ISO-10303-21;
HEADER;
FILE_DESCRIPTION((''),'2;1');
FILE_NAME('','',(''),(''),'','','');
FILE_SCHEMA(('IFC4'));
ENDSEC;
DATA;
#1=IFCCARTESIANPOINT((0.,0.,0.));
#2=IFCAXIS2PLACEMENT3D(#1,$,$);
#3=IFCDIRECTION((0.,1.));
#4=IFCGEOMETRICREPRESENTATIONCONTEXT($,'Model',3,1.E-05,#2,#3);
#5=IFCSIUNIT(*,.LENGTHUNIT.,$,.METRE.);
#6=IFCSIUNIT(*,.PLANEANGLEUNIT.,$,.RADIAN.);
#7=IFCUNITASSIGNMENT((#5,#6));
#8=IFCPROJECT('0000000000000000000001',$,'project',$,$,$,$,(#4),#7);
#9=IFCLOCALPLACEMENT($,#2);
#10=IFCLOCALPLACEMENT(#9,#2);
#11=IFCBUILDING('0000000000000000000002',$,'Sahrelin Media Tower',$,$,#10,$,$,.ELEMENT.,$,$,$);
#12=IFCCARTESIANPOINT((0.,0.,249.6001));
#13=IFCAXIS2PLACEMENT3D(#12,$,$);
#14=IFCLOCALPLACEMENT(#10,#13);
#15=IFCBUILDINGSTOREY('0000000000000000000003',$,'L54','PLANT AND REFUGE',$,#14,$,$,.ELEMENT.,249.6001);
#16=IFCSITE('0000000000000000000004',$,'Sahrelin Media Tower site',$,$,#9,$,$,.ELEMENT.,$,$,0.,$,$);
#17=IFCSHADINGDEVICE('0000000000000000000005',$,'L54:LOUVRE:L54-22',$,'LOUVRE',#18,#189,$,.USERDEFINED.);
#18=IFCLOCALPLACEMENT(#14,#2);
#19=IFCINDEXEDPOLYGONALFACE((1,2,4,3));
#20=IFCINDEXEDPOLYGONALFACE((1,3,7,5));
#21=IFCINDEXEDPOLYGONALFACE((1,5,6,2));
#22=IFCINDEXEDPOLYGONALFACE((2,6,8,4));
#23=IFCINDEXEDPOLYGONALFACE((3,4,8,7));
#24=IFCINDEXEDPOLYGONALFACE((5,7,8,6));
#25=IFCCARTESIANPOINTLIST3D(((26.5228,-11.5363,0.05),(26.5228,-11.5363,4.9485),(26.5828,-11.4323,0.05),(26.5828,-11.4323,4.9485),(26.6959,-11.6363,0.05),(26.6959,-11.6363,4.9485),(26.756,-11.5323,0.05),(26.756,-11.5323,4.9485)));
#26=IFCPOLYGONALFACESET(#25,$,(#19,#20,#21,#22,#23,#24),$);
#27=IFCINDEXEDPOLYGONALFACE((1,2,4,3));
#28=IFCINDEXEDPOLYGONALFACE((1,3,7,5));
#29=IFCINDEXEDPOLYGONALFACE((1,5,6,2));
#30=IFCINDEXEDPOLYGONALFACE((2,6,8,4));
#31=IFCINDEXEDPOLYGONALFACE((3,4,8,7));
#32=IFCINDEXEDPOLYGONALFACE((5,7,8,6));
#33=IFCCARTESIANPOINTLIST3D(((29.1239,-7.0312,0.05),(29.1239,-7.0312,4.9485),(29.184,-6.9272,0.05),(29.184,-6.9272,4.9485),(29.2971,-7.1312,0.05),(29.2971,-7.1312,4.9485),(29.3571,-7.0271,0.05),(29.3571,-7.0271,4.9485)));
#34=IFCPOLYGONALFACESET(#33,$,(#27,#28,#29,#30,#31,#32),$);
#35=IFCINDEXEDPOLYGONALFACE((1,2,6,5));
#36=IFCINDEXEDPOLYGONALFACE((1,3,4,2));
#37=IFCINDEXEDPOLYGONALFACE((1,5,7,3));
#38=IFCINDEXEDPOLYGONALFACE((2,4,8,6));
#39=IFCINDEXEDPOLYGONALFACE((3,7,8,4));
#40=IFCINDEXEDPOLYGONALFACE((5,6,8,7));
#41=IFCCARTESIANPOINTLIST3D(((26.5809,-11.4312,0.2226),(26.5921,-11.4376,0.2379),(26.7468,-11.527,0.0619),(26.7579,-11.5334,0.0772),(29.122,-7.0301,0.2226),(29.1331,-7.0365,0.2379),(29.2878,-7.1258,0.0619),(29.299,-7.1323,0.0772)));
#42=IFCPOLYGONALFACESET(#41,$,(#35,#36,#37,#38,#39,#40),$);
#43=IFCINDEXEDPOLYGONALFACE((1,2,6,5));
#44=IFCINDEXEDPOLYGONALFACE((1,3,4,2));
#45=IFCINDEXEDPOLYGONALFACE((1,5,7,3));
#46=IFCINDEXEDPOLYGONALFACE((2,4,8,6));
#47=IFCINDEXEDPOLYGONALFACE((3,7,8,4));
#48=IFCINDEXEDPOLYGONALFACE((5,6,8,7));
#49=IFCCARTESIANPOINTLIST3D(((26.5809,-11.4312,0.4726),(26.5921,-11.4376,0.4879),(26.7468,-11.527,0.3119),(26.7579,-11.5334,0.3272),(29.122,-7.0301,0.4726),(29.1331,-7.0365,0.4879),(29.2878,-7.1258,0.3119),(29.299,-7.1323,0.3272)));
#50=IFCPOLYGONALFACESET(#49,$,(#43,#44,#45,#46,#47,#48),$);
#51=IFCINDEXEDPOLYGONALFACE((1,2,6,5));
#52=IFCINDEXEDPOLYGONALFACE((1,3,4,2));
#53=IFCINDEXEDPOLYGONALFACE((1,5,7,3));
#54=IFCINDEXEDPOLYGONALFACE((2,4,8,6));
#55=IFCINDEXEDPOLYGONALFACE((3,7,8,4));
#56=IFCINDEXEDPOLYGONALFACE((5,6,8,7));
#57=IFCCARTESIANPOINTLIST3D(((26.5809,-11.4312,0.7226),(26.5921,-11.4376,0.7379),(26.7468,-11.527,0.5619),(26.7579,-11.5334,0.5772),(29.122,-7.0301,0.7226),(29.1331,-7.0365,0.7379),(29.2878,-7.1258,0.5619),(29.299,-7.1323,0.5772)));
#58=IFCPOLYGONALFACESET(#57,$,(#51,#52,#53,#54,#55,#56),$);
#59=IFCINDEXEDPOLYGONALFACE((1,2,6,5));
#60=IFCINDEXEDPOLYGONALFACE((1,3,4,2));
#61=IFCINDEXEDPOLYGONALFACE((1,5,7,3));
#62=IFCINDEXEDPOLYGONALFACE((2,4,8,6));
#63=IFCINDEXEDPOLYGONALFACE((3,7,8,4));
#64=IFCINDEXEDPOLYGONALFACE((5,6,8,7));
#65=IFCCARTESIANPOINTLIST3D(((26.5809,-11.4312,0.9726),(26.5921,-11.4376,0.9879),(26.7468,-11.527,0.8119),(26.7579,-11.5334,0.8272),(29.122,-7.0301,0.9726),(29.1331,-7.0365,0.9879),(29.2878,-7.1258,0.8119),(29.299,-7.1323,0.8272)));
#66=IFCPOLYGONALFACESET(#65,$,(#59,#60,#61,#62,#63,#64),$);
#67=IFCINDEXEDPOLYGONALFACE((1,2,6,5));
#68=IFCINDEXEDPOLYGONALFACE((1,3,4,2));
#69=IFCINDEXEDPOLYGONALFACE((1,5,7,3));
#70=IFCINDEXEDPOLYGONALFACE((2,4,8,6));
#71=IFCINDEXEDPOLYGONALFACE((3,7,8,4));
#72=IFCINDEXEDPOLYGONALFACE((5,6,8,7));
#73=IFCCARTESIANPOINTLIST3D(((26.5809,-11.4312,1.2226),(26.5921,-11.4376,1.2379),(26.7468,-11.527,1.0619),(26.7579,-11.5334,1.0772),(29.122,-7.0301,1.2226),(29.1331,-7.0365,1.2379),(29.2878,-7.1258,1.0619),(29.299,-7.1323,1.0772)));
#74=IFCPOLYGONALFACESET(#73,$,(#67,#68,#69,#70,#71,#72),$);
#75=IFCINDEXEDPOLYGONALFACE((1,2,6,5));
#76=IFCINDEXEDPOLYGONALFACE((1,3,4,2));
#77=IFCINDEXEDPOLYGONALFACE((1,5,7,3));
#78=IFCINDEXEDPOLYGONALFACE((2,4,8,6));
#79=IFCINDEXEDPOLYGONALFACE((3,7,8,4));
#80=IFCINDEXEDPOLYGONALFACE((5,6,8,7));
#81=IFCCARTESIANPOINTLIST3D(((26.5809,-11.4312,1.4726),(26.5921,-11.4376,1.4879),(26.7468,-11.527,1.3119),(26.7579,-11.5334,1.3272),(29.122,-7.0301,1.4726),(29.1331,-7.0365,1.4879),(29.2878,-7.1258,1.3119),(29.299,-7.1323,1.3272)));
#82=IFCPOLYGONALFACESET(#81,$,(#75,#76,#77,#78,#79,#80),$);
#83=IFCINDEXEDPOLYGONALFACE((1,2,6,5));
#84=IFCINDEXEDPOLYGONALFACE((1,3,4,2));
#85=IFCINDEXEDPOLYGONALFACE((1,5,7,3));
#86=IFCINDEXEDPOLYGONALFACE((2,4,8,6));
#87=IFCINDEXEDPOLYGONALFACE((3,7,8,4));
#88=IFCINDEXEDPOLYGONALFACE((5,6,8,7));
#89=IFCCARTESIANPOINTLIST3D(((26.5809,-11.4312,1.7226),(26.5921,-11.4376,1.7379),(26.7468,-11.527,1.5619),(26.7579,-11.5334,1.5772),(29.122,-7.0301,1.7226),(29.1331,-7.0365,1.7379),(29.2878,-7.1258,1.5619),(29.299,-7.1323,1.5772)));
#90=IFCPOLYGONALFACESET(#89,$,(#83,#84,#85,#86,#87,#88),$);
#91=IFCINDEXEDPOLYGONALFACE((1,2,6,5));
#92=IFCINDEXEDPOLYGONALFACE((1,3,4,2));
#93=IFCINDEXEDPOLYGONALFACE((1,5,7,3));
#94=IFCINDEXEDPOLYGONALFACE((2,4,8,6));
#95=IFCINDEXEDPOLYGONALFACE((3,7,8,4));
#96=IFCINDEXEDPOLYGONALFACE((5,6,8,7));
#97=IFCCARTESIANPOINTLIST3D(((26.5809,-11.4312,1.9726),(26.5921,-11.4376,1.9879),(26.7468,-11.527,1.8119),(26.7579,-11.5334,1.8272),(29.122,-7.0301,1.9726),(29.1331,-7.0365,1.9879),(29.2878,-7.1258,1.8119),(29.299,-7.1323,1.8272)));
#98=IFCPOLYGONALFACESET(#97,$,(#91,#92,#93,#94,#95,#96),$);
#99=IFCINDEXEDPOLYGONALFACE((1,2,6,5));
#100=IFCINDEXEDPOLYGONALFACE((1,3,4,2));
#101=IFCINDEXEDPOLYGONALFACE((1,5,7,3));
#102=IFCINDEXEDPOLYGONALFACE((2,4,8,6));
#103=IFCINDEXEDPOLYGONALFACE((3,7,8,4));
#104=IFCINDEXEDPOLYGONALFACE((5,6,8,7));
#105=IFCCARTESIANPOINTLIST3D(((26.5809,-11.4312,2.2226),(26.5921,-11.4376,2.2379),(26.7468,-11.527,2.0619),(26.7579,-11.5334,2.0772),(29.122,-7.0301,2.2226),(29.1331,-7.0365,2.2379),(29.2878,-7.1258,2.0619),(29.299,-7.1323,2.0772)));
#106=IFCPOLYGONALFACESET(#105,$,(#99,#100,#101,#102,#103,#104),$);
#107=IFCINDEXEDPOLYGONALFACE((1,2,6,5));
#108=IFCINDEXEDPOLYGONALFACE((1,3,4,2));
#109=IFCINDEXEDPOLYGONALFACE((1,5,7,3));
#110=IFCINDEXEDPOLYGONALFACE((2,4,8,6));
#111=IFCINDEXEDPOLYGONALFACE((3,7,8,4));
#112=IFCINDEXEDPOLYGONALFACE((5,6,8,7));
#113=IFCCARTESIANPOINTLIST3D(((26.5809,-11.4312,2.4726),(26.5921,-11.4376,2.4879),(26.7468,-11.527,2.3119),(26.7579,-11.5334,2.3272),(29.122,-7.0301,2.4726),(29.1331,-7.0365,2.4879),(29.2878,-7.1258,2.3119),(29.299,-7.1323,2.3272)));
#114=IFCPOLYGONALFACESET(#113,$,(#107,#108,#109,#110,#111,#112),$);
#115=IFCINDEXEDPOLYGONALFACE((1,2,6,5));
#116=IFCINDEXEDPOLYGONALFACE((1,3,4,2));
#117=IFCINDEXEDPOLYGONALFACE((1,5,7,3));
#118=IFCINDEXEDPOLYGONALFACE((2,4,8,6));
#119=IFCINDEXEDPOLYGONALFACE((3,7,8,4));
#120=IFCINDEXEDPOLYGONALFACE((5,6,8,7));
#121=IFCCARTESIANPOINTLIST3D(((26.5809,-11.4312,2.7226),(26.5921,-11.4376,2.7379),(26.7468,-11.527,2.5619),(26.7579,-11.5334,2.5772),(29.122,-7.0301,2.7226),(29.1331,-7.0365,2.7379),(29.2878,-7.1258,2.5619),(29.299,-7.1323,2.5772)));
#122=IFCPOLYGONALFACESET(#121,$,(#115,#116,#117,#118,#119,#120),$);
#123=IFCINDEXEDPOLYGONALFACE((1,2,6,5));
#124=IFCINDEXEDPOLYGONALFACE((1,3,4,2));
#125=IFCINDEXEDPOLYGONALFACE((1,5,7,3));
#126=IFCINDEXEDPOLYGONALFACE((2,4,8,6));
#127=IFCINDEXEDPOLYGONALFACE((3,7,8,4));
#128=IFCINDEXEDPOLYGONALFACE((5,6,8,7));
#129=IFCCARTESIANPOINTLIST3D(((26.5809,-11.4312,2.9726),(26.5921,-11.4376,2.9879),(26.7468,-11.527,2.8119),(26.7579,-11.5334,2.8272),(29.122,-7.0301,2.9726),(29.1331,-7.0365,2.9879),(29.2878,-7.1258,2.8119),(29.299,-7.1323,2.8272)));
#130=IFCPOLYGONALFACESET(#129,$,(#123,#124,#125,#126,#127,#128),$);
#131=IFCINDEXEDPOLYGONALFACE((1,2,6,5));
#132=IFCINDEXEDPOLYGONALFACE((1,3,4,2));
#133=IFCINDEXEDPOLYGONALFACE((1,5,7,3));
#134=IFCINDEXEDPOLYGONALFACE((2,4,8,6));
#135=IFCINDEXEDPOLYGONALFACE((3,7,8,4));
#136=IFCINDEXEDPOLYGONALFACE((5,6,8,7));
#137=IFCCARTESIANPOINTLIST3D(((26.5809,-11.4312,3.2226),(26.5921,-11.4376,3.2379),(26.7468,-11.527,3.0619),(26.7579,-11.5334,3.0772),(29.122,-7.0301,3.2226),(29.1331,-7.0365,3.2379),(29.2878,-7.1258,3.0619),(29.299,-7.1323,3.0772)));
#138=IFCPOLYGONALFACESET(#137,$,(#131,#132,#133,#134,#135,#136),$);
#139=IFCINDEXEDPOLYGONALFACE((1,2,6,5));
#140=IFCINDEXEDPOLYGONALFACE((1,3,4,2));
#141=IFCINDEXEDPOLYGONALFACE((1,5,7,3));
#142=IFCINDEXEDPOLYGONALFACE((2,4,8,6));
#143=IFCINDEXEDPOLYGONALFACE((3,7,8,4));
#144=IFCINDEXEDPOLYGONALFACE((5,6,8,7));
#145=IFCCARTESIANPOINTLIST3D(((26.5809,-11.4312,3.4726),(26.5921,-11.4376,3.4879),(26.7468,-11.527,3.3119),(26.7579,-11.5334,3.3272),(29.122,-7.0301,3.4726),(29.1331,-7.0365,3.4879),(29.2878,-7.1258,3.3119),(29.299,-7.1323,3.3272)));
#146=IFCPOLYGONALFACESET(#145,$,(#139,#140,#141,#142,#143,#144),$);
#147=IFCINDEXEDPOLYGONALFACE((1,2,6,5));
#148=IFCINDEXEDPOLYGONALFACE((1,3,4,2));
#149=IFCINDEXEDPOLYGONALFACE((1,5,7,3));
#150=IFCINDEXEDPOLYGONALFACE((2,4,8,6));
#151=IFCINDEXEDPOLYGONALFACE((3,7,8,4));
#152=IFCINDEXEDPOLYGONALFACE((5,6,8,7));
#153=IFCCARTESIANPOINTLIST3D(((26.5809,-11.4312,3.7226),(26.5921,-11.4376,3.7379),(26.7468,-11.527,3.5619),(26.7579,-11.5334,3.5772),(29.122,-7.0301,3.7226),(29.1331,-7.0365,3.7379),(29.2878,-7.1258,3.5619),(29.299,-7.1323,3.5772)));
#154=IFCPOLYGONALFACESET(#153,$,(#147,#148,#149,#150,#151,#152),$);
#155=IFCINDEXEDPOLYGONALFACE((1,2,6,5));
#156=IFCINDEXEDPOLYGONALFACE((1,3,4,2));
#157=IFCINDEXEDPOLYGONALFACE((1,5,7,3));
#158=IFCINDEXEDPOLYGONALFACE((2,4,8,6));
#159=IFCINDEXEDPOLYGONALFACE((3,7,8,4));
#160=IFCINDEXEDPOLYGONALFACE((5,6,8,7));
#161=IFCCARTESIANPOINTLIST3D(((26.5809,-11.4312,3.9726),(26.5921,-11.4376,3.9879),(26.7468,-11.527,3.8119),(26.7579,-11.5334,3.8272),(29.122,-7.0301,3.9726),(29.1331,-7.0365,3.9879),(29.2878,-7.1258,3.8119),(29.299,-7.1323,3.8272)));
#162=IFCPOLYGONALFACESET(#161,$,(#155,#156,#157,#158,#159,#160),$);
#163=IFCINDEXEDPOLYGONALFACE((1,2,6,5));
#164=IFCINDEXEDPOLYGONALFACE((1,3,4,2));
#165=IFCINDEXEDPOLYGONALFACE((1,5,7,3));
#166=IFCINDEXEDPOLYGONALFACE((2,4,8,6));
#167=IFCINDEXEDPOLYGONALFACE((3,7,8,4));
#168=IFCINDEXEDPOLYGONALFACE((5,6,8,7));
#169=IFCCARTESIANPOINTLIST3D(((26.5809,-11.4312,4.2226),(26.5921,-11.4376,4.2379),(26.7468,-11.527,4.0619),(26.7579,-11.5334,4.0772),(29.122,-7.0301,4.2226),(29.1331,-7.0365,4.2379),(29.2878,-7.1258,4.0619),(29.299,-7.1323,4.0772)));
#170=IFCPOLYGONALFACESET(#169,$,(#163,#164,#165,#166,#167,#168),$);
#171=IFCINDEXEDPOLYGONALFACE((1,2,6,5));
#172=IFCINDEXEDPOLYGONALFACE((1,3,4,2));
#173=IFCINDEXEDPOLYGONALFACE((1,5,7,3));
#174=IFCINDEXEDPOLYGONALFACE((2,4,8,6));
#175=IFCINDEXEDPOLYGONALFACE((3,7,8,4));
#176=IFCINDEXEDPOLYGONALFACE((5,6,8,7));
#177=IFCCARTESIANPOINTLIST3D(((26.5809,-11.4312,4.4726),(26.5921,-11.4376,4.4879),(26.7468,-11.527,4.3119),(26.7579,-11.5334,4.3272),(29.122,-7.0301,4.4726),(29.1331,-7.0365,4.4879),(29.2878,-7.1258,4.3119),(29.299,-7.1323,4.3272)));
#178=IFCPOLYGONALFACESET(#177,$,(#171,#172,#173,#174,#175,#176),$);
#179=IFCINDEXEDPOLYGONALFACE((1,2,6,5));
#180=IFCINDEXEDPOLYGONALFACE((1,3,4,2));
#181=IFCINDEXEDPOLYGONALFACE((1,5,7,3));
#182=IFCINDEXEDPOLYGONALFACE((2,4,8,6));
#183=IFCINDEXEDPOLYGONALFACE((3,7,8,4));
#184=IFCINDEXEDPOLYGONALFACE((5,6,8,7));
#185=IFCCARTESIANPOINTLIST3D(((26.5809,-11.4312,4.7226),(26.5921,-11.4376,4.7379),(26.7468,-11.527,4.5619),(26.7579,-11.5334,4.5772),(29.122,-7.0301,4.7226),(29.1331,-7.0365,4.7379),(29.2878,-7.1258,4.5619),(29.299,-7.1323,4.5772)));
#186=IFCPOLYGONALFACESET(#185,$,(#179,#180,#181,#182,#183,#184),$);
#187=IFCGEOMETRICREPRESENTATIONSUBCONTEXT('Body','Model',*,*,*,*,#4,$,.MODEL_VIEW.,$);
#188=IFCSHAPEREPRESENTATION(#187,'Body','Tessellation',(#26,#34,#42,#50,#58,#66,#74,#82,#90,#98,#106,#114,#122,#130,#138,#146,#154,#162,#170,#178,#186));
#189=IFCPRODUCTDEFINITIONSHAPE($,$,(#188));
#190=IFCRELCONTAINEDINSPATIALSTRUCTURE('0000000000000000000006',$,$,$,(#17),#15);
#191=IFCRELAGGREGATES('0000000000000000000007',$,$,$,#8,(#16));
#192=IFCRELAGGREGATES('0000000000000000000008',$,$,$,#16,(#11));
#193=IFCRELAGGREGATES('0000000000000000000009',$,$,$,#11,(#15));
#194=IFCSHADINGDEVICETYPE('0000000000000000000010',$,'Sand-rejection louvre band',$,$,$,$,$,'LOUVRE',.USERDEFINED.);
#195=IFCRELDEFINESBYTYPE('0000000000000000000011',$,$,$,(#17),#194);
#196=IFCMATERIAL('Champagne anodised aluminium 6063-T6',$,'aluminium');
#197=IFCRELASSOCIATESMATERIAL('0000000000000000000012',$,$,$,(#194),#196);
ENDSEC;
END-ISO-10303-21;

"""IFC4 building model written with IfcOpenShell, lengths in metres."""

from ifc_helpers import new_model, si_unit, direction, frame, origin, origin_2d, place, context, subcontext, project, spatial, rectangle, extrude, material, type_object, element, save


model = new_model("IFC4")

# Units and contexts
model_context = context("Model", 3, precision=1e-05, world=origin(), true_north=direction((0.0, 1.0)))
body_context = subcontext(model_context, "Body", "Model", "MODEL_VIEW")
ifc_project = project(units=[si_unit("LENGTHUNIT", "METRE"), si_unit("PLANEANGLEUNIT", "RADIAN")], contexts=[model_context])

# Site, building, storey
site_placement = place(None, origin())
site = spatial("IfcSite", under=ifc_project, at=site_placement, Name="Sahrelin Media Tower site", CompositionType="ELEMENT", RefElevation=0.0)
building_placement = place(site_placement, origin())
building = spatial("IfcBuilding", under=site, at=building_placement, Name="Sahrelin Media Tower", CompositionType="ELEMENT")
storey_placement = place(building_placement, frame((0.0, 0.0, 249.6001)))
storey = spatial("IfcBuildingStorey", under=building, at=storey_placement, Name="L54", Description="PLANT AND REFUGE", CompositionType="ELEMENT", Elevation=249.6001)

# Shading device
ifc_material_1 = material(Name="Champagne anodised aluminium 6063-T6", Category="aluminium")
shading_device_type = type_object("IfcShadingDeviceType", Name="Sand-rejection louvre band", ElementType="LOUVRE", PredefinedType="USERDEFINED", material=ifc_material_1)
shading_device_1_placement = place(storey_placement, frame((27.8533, -9.2317, 0.0), z_axis=(0.0, 0.0, 1.0), x_axis=(-0.500011, -0.866019, 0.0)))
element("IfcShadingDevice", 1, at=shading_device_1_placement, inside=storey, type_object=shading_device_type, Name="L54:LOUVRE:L54-22", ObjectType="LOUVRE", PredefinedType="USERDEFINED", context=body_context, shape_type="SweptSolid", body=[
    extrude(rectangle(XDim=0.1201, YDim=0.2, at=origin_2d()), frame((2.6011, 0.1001, 0.05), z_axis=(0.0, 0.0, 1.0), x_axis=(1.0, 0.0, 0.0)), (0.0, 0.0, 1.0), 4.8984),
    extrude(rectangle(XDim=0.1201, YDim=0.2, at=origin_2d()), frame((-2.6011, 0.1001, 0.05), z_axis=(0.0, 0.0, 1.0), x_axis=(1.0, 0.0, 0.0)), (0.0, 0.0, 1.0), 4.8984),
    extrude(rectangle(XDim=0.25, YDim=0.02, at=origin_2d()), frame((2.541, 0.1001, 0.1499), z_axis=(-1.0, 0.0, 0.0), x_axis=(0.0, -0.766044, 0.642788)), (0.0, 0.0, 1.0), 5.082),
    extrude(rectangle(XDim=0.25, YDim=0.02, at=origin_2d()), frame((2.541, 0.1001, 0.3999), z_axis=(-1.0, 0.0, 0.0), x_axis=(0.0, -0.766044, 0.642788)), (0.0, 0.0, 1.0), 5.082),
    extrude(rectangle(XDim=0.25, YDim=0.02, at=origin_2d()), frame((2.541, 0.1001, 0.6499), z_axis=(-1.0, 0.0, 0.0), x_axis=(0.0, -0.766044, 0.642788)), (0.0, 0.0, 1.0), 5.082),
    extrude(rectangle(XDim=0.25, YDim=0.02, at=origin_2d()), frame((2.541, 0.1001, 0.8999), z_axis=(-1.0, 0.0, 0.0), x_axis=(0.0, -0.766044, 0.642788)), (0.0, 0.0, 1.0), 5.082),
    extrude(rectangle(XDim=0.25, YDim=0.02, at=origin_2d()), frame((2.541, 0.1001, 1.1499), z_axis=(-1.0, 0.0, 0.0), x_axis=(0.0, -0.766044, 0.642788)), (0.0, 0.0, 1.0), 5.082),
    extrude(rectangle(XDim=0.25, YDim=0.02, at=origin_2d()), frame((2.541, 0.1001, 1.3999), z_axis=(-1.0, 0.0, 0.0), x_axis=(0.0, -0.766044, 0.642788)), (0.0, 0.0, 1.0), 5.082),
    extrude(rectangle(XDim=0.25, YDim=0.02, at=origin_2d()), frame((2.541, 0.1001, 1.6499), z_axis=(-1.0, 0.0, 0.0), x_axis=(0.0, -0.766044, 0.642788)), (0.0, 0.0, 1.0), 5.082),
    extrude(rectangle(XDim=0.25, YDim=0.02, at=origin_2d()), frame((2.541, 0.1001, 1.8999), z_axis=(-1.0, 0.0, 0.0), x_axis=(0.0, -0.766044, 0.642788)), (0.0, 0.0, 1.0), 5.082),
    extrude(rectangle(XDim=0.25, YDim=0.02, at=origin_2d()), frame((2.541, 0.1001, 2.1499), z_axis=(-1.0, 0.0, 0.0), x_axis=(0.0, -0.766044, 0.642788)), (0.0, 0.0, 1.0), 5.082),
    extrude(rectangle(XDim=0.25, YDim=0.02, at=origin_2d()), frame((2.541, 0.1001, 2.3999), z_axis=(-1.0, 0.0, 0.0), x_axis=(0.0, -0.766044, 0.642788)), (0.0, 0.0, 1.0), 5.082),
    extrude(rectangle(XDim=0.25, YDim=0.02, at=origin_2d()), frame((2.541, 0.1001, 2.6499), z_axis=(-1.0, 0.0, 0.0), x_axis=(0.0, -0.766044, 0.642788)), (0.0, 0.0, 1.0), 5.082),
    extrude(rectangle(XDim=0.25, YDim=0.02, at=origin_2d()), frame((2.541, 0.1001, 2.8999), z_axis=(-1.0, 0.0, 0.0), x_axis=(0.0, -0.766044, 0.642788)), (0.0, 0.0, 1.0), 5.082),
    extrude(rectangle(XDim=0.25, YDim=0.02, at=origin_2d()), frame((2.541, 0.1001, 3.1499), z_axis=(-1.0, 0.0, 0.0), x_axis=(0.0, -0.766044, 0.642788)), (0.0, 0.0, 1.0), 5.082),
    extrude(rectangle(XDim=0.25, YDim=0.02, at=origin_2d()), frame((2.541, 0.1001, 3.3999), z_axis=(-1.0, 0.0, 0.0), x_axis=(0.0, -0.766044, 0.642788)), (0.0, 0.0, 1.0), 5.082),
    extrude(rectangle(XDim=0.25, YDim=0.02, at=origin_2d()), frame((2.541, 0.1001, 3.6499), z_axis=(-1.0, 0.0, 0.0), x_axis=(0.0, -0.766044, 0.642788)), (0.0, 0.0, 1.0), 5.082),
    extrude(rectangle(XDim=0.25, YDim=0.02, at=origin_2d()), frame((2.541, 0.1001, 3.8999), z_axis=(-1.0, 0.0, 0.0), x_axis=(0.0, -0.766044, 0.642788)), (0.0, 0.0, 1.0), 5.082),
    extrude(rectangle(XDim=0.25, YDim=0.02, at=origin_2d()), frame((2.541, 0.1001, 4.1499), z_axis=(-1.0, 0.0, 0.0), x_axis=(0.0, -0.766044, 0.642788)), (0.0, 0.0, 1.0), 5.082),
    extrude(rectangle(XDim=0.25, YDim=0.02, at=origin_2d()), frame((2.541, 0.1001, 4.3999), z_axis=(-1.0, 0.0, 0.0), x_axis=(0.0, -0.766044, 0.642788)), (0.0, 0.0, 1.0), 5.082),
    extrude(rectangle(XDim=0.25, YDim=0.02, at=origin_2d()), frame((2.541, 0.1001, 4.6499), z_axis=(-1.0, 0.0, 0.0), x_axis=(0.0, -0.766044, 0.642788)), (0.0, 0.0, 1.0), 5.082),
])

save(model, "model.ifc")
